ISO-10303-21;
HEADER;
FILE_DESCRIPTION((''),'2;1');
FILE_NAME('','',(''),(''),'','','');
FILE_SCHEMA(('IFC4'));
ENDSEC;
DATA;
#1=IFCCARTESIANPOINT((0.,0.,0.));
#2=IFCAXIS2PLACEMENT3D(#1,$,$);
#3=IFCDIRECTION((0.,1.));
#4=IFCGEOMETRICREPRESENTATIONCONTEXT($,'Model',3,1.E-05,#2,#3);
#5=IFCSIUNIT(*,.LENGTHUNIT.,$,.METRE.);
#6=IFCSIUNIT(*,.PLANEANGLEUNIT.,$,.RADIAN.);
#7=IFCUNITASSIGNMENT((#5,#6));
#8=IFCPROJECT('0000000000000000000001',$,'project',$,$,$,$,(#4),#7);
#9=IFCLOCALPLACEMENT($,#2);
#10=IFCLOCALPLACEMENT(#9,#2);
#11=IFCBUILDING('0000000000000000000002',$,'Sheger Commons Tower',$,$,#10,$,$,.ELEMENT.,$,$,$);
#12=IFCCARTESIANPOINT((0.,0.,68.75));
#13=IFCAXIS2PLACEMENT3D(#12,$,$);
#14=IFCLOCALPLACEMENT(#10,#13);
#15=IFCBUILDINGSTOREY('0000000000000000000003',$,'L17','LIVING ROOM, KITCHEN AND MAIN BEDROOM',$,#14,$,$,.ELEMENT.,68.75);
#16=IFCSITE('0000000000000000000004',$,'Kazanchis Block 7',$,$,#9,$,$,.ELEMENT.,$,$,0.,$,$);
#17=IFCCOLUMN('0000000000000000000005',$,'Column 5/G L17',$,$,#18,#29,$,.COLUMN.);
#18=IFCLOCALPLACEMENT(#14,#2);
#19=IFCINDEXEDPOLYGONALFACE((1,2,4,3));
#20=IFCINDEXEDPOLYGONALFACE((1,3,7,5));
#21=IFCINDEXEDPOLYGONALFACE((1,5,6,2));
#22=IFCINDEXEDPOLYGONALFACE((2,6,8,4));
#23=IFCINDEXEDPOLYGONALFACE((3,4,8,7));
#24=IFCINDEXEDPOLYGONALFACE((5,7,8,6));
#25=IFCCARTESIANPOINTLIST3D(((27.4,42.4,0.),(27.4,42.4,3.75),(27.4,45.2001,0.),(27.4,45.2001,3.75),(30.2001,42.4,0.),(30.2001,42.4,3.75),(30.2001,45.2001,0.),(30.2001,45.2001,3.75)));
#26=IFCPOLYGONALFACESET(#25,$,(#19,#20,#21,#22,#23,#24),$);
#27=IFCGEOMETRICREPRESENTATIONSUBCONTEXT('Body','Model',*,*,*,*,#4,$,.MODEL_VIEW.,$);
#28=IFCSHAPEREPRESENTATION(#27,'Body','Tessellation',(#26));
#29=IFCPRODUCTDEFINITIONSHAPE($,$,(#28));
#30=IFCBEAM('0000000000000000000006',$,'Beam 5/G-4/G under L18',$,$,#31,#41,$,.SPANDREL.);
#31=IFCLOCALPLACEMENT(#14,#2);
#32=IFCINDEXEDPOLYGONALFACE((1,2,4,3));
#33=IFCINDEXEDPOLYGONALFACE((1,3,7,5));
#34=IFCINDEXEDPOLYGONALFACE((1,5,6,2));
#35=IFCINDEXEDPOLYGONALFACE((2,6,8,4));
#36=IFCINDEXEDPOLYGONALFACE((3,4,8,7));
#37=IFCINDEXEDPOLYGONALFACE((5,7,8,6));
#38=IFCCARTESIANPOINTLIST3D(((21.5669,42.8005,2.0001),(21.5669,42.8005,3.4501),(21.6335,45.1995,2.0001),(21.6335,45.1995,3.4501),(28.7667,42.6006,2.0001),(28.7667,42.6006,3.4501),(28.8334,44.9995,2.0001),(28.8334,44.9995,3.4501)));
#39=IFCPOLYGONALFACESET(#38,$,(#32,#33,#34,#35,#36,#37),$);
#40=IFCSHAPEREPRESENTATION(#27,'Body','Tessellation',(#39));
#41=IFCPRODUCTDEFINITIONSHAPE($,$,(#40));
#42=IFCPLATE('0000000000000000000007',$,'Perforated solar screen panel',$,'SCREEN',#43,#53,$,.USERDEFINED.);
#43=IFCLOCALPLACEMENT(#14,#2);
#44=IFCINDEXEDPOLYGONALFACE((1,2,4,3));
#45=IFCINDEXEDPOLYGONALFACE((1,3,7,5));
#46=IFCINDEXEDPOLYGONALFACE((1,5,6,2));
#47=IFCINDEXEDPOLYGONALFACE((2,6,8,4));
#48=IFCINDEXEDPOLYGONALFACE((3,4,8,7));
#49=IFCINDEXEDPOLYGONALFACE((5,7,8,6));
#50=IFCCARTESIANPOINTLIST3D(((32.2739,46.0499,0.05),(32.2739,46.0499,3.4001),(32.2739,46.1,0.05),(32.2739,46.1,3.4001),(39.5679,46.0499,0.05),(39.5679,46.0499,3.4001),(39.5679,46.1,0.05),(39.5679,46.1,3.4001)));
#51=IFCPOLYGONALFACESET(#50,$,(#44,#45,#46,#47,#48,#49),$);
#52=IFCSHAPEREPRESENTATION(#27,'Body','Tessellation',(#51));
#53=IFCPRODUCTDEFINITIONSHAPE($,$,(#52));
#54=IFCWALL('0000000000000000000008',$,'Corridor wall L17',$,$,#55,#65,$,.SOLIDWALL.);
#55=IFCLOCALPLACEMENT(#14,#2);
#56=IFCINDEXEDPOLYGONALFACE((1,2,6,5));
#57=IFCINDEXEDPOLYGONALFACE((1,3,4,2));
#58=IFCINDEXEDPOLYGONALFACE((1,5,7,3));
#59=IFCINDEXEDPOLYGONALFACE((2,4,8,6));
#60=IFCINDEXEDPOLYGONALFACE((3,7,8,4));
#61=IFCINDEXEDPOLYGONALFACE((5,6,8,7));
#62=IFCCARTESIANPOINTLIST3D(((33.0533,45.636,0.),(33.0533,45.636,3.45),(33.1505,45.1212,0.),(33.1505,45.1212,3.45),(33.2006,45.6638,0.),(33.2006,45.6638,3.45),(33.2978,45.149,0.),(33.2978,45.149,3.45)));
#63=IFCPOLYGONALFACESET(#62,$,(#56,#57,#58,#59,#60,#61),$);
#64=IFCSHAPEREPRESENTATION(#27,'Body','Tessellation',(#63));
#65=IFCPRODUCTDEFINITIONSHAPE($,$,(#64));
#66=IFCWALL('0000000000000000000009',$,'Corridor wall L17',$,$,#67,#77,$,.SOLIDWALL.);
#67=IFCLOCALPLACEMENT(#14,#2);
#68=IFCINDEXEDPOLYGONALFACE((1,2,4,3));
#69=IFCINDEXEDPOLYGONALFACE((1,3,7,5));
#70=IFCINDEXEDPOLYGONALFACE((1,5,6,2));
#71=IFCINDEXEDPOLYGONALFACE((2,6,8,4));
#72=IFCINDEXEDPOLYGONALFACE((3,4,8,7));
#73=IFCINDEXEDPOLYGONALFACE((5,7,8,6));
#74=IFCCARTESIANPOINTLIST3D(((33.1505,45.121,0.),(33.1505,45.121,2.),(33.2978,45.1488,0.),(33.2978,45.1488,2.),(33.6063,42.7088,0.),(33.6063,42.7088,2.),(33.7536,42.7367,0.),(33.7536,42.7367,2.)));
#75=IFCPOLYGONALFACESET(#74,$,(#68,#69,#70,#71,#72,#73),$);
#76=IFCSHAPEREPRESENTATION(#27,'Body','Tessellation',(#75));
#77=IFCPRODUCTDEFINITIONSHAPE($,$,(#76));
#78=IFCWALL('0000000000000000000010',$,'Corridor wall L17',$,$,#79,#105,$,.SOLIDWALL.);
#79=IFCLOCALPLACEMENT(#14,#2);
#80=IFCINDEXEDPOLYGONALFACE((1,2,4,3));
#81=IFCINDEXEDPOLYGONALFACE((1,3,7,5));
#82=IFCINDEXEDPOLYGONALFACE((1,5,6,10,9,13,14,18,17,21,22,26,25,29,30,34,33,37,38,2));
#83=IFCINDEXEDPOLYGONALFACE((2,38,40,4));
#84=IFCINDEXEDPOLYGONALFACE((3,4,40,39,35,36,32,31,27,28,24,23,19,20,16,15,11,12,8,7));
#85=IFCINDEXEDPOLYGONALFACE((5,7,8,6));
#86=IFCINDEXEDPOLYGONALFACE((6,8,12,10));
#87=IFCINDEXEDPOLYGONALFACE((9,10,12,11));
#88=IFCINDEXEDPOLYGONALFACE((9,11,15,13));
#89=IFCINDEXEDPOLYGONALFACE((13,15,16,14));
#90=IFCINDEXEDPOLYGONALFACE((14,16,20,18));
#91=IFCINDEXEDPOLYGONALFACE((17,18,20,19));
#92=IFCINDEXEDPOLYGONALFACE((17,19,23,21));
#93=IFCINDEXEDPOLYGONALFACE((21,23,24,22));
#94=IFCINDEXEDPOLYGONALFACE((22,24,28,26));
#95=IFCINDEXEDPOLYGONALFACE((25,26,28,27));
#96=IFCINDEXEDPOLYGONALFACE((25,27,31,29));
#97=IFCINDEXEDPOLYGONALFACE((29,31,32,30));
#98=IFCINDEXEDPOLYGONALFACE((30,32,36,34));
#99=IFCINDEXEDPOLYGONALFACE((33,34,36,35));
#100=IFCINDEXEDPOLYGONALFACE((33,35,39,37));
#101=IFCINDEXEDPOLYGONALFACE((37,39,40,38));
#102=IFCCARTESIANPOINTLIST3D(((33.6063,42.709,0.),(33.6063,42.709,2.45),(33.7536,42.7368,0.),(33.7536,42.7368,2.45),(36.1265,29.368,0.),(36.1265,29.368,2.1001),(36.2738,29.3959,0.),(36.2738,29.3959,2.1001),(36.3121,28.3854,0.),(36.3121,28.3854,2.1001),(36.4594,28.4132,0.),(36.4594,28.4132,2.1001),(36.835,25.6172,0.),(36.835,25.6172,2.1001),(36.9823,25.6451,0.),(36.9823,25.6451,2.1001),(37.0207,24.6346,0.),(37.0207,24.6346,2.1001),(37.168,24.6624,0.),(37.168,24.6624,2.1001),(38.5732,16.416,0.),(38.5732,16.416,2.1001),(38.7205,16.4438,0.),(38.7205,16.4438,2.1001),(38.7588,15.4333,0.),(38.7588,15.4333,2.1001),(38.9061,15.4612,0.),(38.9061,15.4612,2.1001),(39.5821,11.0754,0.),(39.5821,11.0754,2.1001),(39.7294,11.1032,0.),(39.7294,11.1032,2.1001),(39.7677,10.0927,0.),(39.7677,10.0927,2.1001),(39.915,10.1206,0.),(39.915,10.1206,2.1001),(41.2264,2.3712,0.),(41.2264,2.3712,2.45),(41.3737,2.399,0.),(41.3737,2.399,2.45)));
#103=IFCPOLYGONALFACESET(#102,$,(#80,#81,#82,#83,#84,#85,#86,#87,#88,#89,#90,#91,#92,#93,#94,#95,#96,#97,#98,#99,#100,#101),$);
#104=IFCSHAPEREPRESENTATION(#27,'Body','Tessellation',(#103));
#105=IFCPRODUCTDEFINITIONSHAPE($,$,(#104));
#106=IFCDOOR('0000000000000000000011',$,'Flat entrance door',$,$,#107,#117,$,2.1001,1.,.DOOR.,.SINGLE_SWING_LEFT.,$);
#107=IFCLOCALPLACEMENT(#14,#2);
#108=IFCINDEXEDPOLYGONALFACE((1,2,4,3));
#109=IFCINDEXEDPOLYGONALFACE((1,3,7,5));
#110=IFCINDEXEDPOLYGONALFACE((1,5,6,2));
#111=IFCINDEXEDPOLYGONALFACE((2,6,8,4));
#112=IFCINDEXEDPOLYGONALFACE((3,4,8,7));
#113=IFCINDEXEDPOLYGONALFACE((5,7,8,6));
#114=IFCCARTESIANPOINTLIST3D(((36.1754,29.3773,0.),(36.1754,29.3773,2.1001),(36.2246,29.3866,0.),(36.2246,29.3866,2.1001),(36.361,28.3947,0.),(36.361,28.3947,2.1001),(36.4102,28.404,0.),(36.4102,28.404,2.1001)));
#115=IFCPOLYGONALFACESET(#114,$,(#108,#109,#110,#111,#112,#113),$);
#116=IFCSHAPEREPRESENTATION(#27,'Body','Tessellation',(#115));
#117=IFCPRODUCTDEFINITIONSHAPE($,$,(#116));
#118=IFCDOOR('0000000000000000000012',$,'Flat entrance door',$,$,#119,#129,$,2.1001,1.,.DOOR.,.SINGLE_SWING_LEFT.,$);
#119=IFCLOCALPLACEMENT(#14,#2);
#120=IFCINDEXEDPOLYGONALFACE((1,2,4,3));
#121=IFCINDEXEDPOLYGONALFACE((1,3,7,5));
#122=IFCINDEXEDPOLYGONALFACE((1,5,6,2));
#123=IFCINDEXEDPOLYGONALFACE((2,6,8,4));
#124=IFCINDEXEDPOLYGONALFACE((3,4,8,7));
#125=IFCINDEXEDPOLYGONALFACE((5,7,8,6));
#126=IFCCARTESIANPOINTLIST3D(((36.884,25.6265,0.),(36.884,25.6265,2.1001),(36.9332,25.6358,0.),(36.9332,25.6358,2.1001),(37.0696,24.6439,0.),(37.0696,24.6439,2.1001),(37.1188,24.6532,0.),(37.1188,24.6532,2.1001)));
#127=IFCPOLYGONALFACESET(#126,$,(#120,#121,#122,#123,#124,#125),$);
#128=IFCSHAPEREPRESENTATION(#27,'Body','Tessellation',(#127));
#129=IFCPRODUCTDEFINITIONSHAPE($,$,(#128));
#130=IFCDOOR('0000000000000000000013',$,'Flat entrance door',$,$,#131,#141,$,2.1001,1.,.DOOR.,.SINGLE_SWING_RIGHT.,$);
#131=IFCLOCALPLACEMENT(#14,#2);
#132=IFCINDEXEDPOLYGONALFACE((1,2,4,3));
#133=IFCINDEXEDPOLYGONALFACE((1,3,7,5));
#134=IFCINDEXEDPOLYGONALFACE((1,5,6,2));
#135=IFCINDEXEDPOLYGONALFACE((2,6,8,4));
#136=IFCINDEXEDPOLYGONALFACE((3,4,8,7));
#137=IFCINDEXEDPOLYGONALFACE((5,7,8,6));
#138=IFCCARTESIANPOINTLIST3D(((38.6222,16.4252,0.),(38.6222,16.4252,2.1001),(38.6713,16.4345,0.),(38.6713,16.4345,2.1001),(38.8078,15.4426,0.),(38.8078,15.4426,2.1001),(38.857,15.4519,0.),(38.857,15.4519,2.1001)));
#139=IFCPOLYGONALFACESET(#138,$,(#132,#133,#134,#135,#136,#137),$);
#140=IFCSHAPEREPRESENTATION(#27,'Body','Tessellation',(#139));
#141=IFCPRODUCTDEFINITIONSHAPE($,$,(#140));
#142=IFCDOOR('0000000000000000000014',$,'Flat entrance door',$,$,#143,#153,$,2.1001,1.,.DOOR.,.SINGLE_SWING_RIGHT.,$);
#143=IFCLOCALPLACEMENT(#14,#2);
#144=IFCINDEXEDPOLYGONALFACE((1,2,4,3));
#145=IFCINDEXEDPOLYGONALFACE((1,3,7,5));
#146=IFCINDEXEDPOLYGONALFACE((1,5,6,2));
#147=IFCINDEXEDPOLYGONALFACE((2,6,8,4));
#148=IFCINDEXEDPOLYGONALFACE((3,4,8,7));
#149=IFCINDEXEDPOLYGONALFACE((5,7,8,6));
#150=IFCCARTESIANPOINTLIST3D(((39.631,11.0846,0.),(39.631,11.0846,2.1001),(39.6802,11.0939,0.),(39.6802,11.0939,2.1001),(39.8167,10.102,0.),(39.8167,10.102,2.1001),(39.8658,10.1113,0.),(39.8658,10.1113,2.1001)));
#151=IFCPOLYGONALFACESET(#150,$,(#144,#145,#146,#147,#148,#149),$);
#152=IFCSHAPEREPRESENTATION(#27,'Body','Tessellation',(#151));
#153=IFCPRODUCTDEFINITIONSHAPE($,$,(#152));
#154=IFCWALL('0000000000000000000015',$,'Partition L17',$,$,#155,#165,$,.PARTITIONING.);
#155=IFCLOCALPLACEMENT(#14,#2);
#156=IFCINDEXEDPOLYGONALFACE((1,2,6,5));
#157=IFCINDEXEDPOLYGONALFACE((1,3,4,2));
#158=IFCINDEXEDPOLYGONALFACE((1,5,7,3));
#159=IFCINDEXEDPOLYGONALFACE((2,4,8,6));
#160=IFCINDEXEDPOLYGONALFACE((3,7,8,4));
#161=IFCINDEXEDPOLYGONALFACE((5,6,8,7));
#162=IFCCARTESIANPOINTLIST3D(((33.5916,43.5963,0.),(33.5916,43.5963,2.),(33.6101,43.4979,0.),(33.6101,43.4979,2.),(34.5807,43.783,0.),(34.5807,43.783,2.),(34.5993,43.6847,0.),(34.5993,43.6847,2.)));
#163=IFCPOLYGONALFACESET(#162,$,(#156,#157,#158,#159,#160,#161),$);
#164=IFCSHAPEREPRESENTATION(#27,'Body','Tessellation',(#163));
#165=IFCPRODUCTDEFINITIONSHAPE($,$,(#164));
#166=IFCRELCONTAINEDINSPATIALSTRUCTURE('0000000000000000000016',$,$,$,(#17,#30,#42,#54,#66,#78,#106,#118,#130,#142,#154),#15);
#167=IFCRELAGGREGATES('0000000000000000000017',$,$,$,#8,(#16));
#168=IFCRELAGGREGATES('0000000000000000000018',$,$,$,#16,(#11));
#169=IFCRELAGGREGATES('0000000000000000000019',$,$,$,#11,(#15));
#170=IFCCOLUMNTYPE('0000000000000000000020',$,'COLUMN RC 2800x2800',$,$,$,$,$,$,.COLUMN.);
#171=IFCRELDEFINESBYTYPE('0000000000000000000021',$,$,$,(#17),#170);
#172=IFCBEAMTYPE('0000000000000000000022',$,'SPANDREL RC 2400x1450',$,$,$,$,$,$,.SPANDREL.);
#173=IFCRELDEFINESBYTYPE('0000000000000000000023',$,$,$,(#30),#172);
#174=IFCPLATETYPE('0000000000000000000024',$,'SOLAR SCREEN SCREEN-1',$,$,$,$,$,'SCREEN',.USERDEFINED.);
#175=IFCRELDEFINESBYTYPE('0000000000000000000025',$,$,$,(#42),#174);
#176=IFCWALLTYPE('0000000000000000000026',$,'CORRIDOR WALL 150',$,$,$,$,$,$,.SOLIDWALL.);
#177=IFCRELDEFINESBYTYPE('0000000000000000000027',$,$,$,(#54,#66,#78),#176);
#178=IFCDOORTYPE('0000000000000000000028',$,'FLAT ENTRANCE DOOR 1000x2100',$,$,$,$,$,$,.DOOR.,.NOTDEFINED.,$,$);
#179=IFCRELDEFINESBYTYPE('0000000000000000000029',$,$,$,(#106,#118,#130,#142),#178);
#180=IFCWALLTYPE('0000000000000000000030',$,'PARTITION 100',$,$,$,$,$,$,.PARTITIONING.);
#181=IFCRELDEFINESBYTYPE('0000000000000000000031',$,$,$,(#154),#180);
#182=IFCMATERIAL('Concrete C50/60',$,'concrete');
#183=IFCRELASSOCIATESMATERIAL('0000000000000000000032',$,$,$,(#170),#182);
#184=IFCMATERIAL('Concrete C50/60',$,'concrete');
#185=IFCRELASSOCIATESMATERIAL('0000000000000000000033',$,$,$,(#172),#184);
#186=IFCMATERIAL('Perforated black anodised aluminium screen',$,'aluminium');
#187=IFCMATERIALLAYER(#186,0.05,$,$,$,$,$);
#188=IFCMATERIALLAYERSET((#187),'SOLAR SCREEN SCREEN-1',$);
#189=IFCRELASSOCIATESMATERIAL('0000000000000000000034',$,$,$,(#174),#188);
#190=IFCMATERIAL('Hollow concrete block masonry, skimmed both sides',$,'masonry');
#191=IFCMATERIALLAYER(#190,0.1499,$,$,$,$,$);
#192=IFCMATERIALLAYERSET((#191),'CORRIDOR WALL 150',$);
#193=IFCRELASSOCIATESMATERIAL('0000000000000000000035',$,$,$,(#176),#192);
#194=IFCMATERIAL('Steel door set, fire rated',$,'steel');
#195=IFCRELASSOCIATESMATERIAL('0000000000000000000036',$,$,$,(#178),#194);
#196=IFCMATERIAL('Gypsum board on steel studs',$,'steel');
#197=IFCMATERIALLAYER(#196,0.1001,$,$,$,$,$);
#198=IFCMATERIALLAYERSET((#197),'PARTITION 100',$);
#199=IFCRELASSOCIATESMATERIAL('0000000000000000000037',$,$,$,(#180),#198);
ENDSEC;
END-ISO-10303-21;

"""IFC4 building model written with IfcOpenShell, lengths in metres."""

from ifc_helpers import new_model, si_unit, direction, frame, frame_2d, origin, origin_2d, place, context, subcontext, project, spatial, rectangle, extrude, material, layer, layer_set, material_profile, profile_set, type_object, element, fill, save


model = new_model("IFC4")

# Units and contexts
model_context = context("Model", 3, precision=1e-05, world=origin(), true_north=direction((0.0, 1.0)))
body_context = subcontext(model_context, "Body", "Model", "MODEL_VIEW")
ifc_project = project(units=[si_unit("LENGTHUNIT", "METRE"), si_unit("PLANEANGLEUNIT", "RADIAN")], contexts=[model_context])

# Site, building, storey
site_placement = place(None, origin())
site = spatial("IfcSite", under=ifc_project, at=site_placement, Name="Kazanchis Block 7", CompositionType="ELEMENT", RefElevation=0.0)
building_placement = place(site_placement, origin())
building = spatial("IfcBuilding", under=site, at=building_placement, Name="Sheger Commons Tower", CompositionType="ELEMENT")
storey_placement = place(building_placement, frame((0.0, 0.0, 68.75)))
storey = spatial("IfcBuildingStorey", under=building, at=storey_placement, Name="L17", Description="LIVING ROOM, KITCHEN AND MAIN BEDROOM", CompositionType="ELEMENT", Elevation=68.75)

# Column
ifc_material_1 = material(Name="Concrete C50/60", Category="concrete")
ifc_material_profile_1 = material_profile(ifc_material_1, rectangle(XDim=2.8, YDim=2.8, at=origin_2d()), Name="RC 2800x2800")
ifc_profile_set_1 = profile_set([ifc_material_profile_1], Name="Concrete C50/60")
column_type = type_object("IfcColumnType", Name="COLUMN RC 2800x2800", PredefinedType="COLUMN", material=ifc_profile_set_1)
column_placement = place(storey_placement, frame((28.8, 43.8, 0.0), z_axis=(0.0, 0.0, 1.0), x_axis=(1.0, 0.0, 0.0)))
element("IfcColumn", 1, at=column_placement, inside=storey, type_object=column_type, Name="Column 5/G L17", PredefinedType="COLUMN", context=body_context, shape_type="SweptSolid", body=[
    extrude(rectangle(XDim=2.8, YDim=2.8, at=origin_2d()), origin(), (0.0, 0.0, 1.0), 3.75),
])

# Beam
ifc_material_2 = material(Name="Concrete C50/60", Category="concrete")
ifc_material_profile_2 = material_profile(ifc_material_2, rectangle(XDim=2.3999, YDim=1.45, at=origin_2d()), Name="RC 2400x1450")
ifc_profile_set_2 = profile_set([ifc_material_profile_2], Name="Concrete C50/60")
beam_type = type_object("IfcBeamType", Name="SPANDREL RC 2400x1450", PredefinedType="SPANDREL", material=ifc_profile_set_2)
beam_placement = place(storey_placement, frame((28.8, 43.8, 2.7251), z_axis=(-0.999615, 0.02776, 0.0), x_axis=(-0.02776, -0.999615, 0.0)))
element("IfcBeam", 2, at=beam_placement, inside=storey, type_object=beam_type, Name="Beam 5/G-4/G under L18", PredefinedType="SPANDREL", context=body_context, shape_type="SweptSolid", body=[
    extrude(rectangle(XDim=2.3999, YDim=1.45, at=origin_2d()), origin(), (0.0, 0.0, 1.0), 7.2026),
])

# Plate
ifc_material_3 = material(Name="Perforated black anodised aluminium screen", Category="aluminium")
ifc_layer_1 = layer(ifc_material_3, 0.05)
ifc_layer_set_1 = layer_set([ifc_layer_1], Name="SOLAR SCREEN SCREEN-1")
plate_type = type_object("IfcPlateType", Name="SOLAR SCREEN SCREEN-1", ElementType="SCREEN", PredefinedType="USERDEFINED", material=ifc_layer_set_1)
plate_placement = place(storey_placement, frame((35.9209, 46.075, 0.05), z_axis=(0.0, 0.0, 1.0), x_axis=(-1.0, 0.0, 0.0)))
element("IfcPlate", 3, at=plate_placement, inside=storey, type_object=plate_type, Name="Perforated solar screen panel", ObjectType="SCREEN", PredefinedType="USERDEFINED", context=body_context, shape_type="SweptSolid", body=[
    extrude(rectangle(XDim=7.2939, YDim=0.05, at=origin_2d()), origin(), (0.0, 0.0, 1.0), 3.3501),
])

# Walls
ifc_material_4 = material(Name="Hollow concrete block masonry, skimmed both sides", Category="masonry")
ifc_layer_2 = layer(ifc_material_4, 0.1499)
ifc_layer_set_2 = layer_set([ifc_layer_2], Name="CORRIDOR WALL 150")
wall_type_1 = type_object("IfcWallType", Name="CORRIDOR WALL 150", PredefinedType="SOLIDWALL", material=ifc_layer_set_2)
wall_1_placement = place(storey_placement, frame((33.127, 45.6499, 0.0), z_axis=(0.0, 0.0, 1.0), x_axis=(0.185442, -0.982655, 0.0)))
element("IfcWall", 4, at=wall_1_placement, inside=storey, type_object=wall_type_1, Name="Corridor wall L17", PredefinedType="SOLIDWALL", context=body_context, shape_type="SweptSolid", body=[
    extrude(rectangle(XDim=0.5239, YDim=0.1499, at=frame_2d((0.262, 0.0))), origin(), (0.0, 0.0, 1.0), 3.45),
])
wall_2_placement = place(storey_placement, frame((33.2241, 45.135, 0.0), z_axis=(0.0, 0.0, 1.0), x_axis=(0.185681, -0.98261, 0.0)))
element("IfcWall", 5, at=wall_2_placement, inside=storey, type_object=wall_type_1, Name="Corridor wall L17", PredefinedType="SOLIDWALL", context=body_context, shape_type="SweptSolid", body=[
    extrude(rectangle(XDim=2.4548, YDim=0.1499, at=frame_2d((1.2275, 0.0))), origin(), (0.0, 0.0, 1.0), 2.0),
])

# Wall, openings, doors
wall_3_placement = place(storey_placement, frame((33.6799, 42.7229, 0.0), z_axis=(0.0, 0.0, 1.0), x_axis=(0.185624, -0.982621, 0.0)))
wall_3 = element("IfcWall", 6, at=wall_3_placement, inside=storey, type_object=wall_type_1, Name="Corridor wall L17", PredefinedType="SOLIDWALL", context=body_context, shape_type="SweptSolid", body=[
    extrude(rectangle(XDim=41.0513, YDim=0.1499, at=frame_2d((20.5256, 0.0))), origin(), (0.0, 0.0, 1.0), 2.45),
])
opening_1_placement = place(wall_3_placement, frame((13.5769, 0.0, 0.0)))
opening_1 = element("IfcOpeningElement", 7, at=opening_1_placement, cuts=wall_3, PredefinedType="OPENING", context=body_context, shape_type="SweptSolid", body=[
    extrude(rectangle(XDim=1.0, YDim=2.1001, at=frame_2d((0.5, 1.05))), frame((0.0, 0.085, 0.0), z_axis=(0.0, -1.0, 0.0), x_axis=(1.0, 0.0, 0.0)), (0.0, 0.0, 1.0), 0.1699),
])
opening_2_placement = place(wall_3_placement, frame((17.394, 0.0, 0.0)))
opening_2 = element("IfcOpeningElement", 8, at=opening_2_placement, cuts=wall_3, PredefinedType="OPENING", context=body_context, shape_type="SweptSolid", body=[
    extrude(rectangle(XDim=1.0, YDim=2.1001, at=frame_2d((0.5, 1.05))), frame((0.0, 0.085, 0.0), z_axis=(0.0, -1.0, 0.0), x_axis=(1.0, 0.0, 0.0)), (0.0, 0.0, 1.0), 0.1699),
])
opening_3_placement = place(wall_3_placement, frame((26.7581, 0.0, 0.0)))
opening_3 = element("IfcOpeningElement", 9, at=opening_3_placement, cuts=wall_3, PredefinedType="OPENING", context=body_context, shape_type="SweptSolid", body=[
    extrude(rectangle(XDim=1.0, YDim=2.1001, at=frame_2d((0.5, 1.05))), frame((0.0, 0.085, 0.0), z_axis=(0.0, -1.0, 0.0), x_axis=(1.0, 0.0, 0.0)), (0.0, 0.0, 1.0), 0.1699),
])
opening_4_placement = place(wall_3_placement, frame((32.1931, 0.0, 0.0)))
opening_4 = element("IfcOpeningElement", 10, at=opening_4_placement, cuts=wall_3, PredefinedType="OPENING", context=body_context, shape_type="SweptSolid", body=[
    extrude(rectangle(XDim=1.0, YDim=2.1001, at=frame_2d((0.5, 1.05))), frame((0.0, 0.085, 0.0), z_axis=(0.0, -1.0, 0.0), x_axis=(1.0, 0.0, 0.0)), (0.0, 0.0, 1.0), 0.1699),
])
ifc_material_5 = material(Name="Steel door set, fire rated", Category="steel")
door_type_1 = type_object("IfcDoorType", Name="FLAT ENTRANCE DOOR 1000x2100", OperationType="NOTDEFINED", PredefinedType="DOOR", material=ifc_material_5)
door_1_placement = place(opening_1_placement, origin())
door_1 = element("IfcDoor", 11, at=door_1_placement, inside=storey, type_object=door_type_1, Name="Flat entrance door", OperationType="SINGLE_SWING_LEFT", OverallHeight=2.1001, OverallWidth=1.0, PredefinedType="DOOR", context=body_context, shape_type="SweptSolid", body=[
    extrude(rectangle(XDim=1.0, YDim=2.1001, at=frame_2d((0.5, 1.05))), frame((0.0, 0.0249, 0.0), z_axis=(0.0, -1.0, 0.0), x_axis=(1.0, 0.0, 0.0)), (0.0, 0.0, 1.0), 0.05),
])
fill(opening_1, door_1)
door_2_placement = place(opening_2_placement, origin())
door_2 = element("IfcDoor", 12, at=door_2_placement, inside=storey, type_object=door_type_1, Name="Flat entrance door", OperationType="SINGLE_SWING_LEFT", OverallHeight=2.1001, OverallWidth=1.0, PredefinedType="DOOR", context=body_context, shape_type="SweptSolid", body=[
    extrude(rectangle(XDim=1.0, YDim=2.1001, at=frame_2d((0.5, 1.05))), frame((0.0, 0.0249, 0.0), z_axis=(0.0, -1.0, 0.0), x_axis=(1.0, 0.0, 0.0)), (0.0, 0.0, 1.0), 0.05),
])
fill(opening_2, door_2)
door_3_placement = place(opening_3_placement, origin())
door_3 = element("IfcDoor", 13, at=door_3_placement, inside=storey, type_object=door_type_1, Name="Flat entrance door", OperationType="SINGLE_SWING_RIGHT", OverallHeight=2.1001, OverallWidth=1.0, PredefinedType="DOOR", context=body_context, shape_type="SweptSolid", body=[
    extrude(rectangle(XDim=1.0, YDim=2.1001, at=frame_2d((0.5, 1.05))), frame((0.0, 0.0249, 0.0), z_axis=(0.0, -1.0, 0.0), x_axis=(1.0, 0.0, 0.0)), (0.0, 0.0, 1.0), 0.05),
])
fill(opening_3, door_3)
door_4_placement = place(opening_4_placement, origin())
door_4 = element("IfcDoor", 14, at=door_4_placement, inside=storey, type_object=door_type_1, Name="Flat entrance door", OperationType="SINGLE_SWING_RIGHT", OverallHeight=2.1001, OverallWidth=1.0, PredefinedType="DOOR", context=body_context, shape_type="SweptSolid", body=[
    extrude(rectangle(XDim=1.0, YDim=2.1001, at=frame_2d((0.5, 1.05))), frame((0.0, 0.0249, 0.0), z_axis=(0.0, -1.0, 0.0), x_axis=(1.0, 0.0, 0.0)), (0.0, 0.0, 1.0), 0.05),
])
fill(opening_4, door_4)

# Wall
ifc_material_6 = material(Name="Gypsum board on steel studs", Category="steel")
ifc_layer_3 = layer(ifc_material_6, 0.1001)
ifc_layer_set_3 = layer_set([ifc_layer_3], Name="PARTITION 100")
wall_type_2 = type_object("IfcWallType", Name="PARTITION 100", PredefinedType="PARTITIONING", material=ifc_layer_set_3)
wall_4_placement = place(storey_placement, frame((34.5901, 43.7339, 0.0), z_axis=(0.0, 0.0, 1.0), x_axis=(-0.982632, -0.185563, 0.0)))
element("IfcWall", 15, at=wall_4_placement, inside=storey, type_object=wall_type_2, Name="Partition L17", PredefinedType="PARTITIONING", context=body_context, shape_type="SweptSolid", body=[
    extrude(rectangle(XDim=1.0066, YDim=0.1001, at=frame_2d((0.5034, 0.0))), origin(), (0.0, 0.0, 1.0), 2.0),
])

save(model, "model.ifc")
